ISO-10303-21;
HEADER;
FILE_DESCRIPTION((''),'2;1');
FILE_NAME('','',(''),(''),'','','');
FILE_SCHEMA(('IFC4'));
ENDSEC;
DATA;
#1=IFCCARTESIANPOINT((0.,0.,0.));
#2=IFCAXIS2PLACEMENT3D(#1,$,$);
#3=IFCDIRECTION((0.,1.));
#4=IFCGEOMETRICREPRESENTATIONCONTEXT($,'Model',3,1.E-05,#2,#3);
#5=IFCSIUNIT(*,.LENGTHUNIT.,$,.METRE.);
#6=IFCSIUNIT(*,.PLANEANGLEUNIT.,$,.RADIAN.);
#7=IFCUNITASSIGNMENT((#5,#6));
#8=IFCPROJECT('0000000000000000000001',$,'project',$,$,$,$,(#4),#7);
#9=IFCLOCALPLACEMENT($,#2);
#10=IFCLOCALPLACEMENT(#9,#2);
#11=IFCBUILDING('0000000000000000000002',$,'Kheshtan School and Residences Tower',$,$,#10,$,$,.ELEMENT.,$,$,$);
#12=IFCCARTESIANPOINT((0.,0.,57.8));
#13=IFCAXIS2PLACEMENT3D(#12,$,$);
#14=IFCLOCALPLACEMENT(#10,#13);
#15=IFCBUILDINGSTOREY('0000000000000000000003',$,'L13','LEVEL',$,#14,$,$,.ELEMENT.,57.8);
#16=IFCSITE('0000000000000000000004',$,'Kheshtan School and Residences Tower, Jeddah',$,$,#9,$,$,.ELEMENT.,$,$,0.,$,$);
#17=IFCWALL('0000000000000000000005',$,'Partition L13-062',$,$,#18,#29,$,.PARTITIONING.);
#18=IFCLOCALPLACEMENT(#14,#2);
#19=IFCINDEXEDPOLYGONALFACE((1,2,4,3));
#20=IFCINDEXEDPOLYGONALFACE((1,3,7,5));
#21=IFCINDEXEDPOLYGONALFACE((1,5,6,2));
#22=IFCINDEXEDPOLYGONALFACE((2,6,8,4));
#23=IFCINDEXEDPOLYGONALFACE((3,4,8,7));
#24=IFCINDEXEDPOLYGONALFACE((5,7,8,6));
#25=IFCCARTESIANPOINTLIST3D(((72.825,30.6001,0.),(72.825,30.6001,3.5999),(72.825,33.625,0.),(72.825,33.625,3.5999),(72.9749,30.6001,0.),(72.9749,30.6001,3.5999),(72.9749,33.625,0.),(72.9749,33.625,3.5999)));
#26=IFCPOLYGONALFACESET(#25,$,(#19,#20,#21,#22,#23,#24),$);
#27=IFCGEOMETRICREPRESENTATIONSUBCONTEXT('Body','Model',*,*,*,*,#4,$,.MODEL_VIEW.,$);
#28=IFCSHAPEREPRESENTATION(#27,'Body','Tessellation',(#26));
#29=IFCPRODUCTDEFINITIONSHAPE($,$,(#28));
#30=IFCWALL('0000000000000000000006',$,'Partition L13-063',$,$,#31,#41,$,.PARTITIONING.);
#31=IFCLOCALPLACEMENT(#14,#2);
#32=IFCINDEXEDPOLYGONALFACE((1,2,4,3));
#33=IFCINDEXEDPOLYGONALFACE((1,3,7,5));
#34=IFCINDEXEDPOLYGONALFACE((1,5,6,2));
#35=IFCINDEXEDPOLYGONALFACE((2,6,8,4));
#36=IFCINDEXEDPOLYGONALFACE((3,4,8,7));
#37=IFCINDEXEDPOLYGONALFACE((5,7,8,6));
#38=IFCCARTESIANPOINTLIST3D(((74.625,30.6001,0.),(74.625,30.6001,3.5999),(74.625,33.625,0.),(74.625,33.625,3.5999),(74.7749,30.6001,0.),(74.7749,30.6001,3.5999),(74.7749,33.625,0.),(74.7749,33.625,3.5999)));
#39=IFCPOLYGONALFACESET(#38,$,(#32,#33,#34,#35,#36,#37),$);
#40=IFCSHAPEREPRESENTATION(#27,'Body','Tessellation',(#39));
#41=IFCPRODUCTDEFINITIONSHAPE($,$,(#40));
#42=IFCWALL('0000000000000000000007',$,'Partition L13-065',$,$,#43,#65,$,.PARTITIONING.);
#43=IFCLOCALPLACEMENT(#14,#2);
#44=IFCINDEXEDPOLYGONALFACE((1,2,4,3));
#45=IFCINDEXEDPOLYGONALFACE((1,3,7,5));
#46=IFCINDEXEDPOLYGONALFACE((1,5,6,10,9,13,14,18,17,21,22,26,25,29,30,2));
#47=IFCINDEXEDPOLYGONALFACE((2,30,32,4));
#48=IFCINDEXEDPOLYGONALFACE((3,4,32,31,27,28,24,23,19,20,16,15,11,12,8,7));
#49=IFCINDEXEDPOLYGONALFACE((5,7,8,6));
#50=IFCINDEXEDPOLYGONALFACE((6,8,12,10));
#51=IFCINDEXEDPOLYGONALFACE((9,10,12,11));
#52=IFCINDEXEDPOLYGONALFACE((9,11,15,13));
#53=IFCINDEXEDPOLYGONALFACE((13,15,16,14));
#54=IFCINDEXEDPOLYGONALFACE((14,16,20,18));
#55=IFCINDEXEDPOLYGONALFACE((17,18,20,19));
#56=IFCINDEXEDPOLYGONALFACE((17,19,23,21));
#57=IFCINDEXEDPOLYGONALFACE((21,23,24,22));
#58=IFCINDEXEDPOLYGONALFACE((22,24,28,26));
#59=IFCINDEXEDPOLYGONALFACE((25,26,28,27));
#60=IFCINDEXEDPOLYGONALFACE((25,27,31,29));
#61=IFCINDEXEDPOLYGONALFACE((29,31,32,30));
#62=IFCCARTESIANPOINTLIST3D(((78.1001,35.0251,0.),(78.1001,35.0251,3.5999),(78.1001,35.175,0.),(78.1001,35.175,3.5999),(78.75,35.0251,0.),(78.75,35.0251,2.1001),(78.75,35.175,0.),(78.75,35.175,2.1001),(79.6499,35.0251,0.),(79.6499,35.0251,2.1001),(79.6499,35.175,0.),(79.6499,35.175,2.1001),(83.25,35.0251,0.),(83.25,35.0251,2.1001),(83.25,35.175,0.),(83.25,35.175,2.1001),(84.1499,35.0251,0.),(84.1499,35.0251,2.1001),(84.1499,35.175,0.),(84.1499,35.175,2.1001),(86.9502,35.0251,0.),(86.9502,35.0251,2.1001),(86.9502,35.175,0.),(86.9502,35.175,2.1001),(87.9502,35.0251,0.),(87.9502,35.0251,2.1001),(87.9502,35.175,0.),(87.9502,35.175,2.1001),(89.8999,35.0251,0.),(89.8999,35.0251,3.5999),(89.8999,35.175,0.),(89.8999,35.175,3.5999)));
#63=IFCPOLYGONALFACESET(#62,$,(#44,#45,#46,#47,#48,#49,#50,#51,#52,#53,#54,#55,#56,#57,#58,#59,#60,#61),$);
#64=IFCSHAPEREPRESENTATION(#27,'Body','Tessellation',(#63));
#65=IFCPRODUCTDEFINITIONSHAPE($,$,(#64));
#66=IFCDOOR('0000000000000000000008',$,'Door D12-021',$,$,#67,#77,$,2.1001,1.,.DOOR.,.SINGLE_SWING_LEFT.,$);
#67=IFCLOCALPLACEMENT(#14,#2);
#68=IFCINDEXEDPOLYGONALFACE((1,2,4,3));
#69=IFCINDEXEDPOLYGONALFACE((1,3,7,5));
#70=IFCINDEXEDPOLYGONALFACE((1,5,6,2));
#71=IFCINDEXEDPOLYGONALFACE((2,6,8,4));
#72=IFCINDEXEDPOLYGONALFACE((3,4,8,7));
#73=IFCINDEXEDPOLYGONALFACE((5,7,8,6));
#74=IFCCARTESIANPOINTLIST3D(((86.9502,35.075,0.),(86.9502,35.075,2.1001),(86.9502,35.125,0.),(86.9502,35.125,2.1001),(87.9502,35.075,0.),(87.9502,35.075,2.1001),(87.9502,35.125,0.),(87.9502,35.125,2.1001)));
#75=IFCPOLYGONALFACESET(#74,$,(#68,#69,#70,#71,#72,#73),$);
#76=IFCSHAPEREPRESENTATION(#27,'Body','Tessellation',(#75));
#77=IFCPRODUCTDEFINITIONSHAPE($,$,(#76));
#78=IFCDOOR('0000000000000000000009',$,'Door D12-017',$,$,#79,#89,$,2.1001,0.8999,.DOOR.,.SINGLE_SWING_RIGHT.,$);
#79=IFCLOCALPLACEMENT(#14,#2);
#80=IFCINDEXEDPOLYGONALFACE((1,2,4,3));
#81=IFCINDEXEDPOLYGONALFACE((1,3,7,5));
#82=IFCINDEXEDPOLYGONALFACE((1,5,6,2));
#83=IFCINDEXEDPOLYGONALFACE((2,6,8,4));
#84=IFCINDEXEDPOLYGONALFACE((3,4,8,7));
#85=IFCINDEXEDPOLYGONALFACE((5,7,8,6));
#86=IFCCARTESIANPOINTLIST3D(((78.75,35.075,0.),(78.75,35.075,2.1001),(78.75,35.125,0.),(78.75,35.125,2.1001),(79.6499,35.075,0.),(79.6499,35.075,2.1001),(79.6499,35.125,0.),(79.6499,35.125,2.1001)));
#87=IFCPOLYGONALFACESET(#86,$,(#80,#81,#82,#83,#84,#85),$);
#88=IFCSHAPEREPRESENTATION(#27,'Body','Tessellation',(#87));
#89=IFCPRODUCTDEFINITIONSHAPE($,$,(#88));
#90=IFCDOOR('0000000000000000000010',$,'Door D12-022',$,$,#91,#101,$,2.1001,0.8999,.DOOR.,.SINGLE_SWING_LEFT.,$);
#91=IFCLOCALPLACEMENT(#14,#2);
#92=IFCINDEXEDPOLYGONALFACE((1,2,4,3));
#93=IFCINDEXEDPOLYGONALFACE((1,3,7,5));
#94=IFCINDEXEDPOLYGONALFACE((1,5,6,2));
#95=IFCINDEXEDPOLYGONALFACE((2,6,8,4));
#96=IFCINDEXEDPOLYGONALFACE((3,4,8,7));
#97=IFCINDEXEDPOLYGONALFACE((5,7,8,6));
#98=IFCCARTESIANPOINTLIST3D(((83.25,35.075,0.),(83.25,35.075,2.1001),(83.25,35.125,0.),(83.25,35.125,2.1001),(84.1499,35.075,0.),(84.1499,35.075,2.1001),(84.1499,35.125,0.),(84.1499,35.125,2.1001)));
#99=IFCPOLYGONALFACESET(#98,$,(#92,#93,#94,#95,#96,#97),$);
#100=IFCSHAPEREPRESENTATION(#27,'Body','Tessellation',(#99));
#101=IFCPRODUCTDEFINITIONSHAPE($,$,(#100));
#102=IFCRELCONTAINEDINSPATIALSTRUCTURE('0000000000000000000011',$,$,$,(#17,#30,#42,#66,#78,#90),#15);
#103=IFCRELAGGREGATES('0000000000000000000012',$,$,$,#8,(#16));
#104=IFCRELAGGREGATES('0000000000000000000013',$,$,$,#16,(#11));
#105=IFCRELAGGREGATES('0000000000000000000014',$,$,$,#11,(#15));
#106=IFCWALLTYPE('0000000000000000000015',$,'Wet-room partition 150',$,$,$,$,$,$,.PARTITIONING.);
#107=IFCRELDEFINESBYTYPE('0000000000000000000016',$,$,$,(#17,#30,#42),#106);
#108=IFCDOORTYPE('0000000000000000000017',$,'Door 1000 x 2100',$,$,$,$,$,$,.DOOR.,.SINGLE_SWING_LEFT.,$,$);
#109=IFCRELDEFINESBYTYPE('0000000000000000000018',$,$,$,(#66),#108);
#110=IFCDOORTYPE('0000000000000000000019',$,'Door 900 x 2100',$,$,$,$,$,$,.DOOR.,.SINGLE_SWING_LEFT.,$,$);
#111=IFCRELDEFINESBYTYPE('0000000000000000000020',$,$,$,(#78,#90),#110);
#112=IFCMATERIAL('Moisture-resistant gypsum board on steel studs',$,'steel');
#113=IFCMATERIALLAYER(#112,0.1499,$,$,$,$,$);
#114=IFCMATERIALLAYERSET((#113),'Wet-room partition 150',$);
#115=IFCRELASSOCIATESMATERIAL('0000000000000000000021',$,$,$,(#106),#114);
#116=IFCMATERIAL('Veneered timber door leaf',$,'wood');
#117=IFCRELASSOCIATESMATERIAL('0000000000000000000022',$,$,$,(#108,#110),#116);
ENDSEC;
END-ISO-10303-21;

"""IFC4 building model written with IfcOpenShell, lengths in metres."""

from ifc_helpers import new_model, si_unit, direction, frame, frame_2d, origin, place, context, subcontext, project, spatial, rectangle, extrude, source, transform, mapped, material, layer, layer_set, type_object, element, fill, save


model = new_model("IFC4")

# Units and contexts
model_context = context("Model", 3, precision=1e-05, world=origin(), true_north=direction((0.0, 1.0)))
body_context = subcontext(model_context, "Body", "Model", "MODEL_VIEW")
ifc_project = project(units=[si_unit("LENGTHUNIT", "METRE"), si_unit("PLANEANGLEUNIT", "RADIAN")], contexts=[model_context])

# Site, building, storey
site_placement = place(None, origin())
site = spatial("IfcSite", under=ifc_project, at=site_placement, Name="Kheshtan School and Residences Tower, Jeddah", CompositionType="ELEMENT", RefElevation=0.0)
building_placement = place(site_placement, origin())
building = spatial("IfcBuilding", under=site, at=building_placement, Name="Kheshtan School and Residences Tower", CompositionType="ELEMENT")
storey_placement = place(building_placement, frame((0.0, 0.0, 57.8)))
storey = spatial("IfcBuildingStorey", under=building, at=storey_placement, Name="L13", Description="LEVEL", CompositionType="ELEMENT", Elevation=57.8)

# Shared definitions
ifc_material_1 = material(Name="Moisture-resistant gypsum board on steel studs", Category="steel")
ifc_layer_1 = layer(ifc_material_1, 0.1499)
ifc_layer_set_1 = layer_set([ifc_layer_1], Name="Wet-room partition 150")
wall_type_1 = type_object("IfcWallType", Name="Wet-room partition 150", PredefinedType="PARTITIONING", material=ifc_layer_set_1)

# Shared definitions
ifc_material_2 = material(Name="Veneered timber door leaf", Category="wood")
door_type_1 = type_object("IfcDoorType", Name="Door 1000 x 2100", OperationType="SINGLE_SWING_LEFT", PredefinedType="DOOR", material=ifc_material_2)
shared_shape_1 = source(origin(), body_context, "Body", "SweptSolid", [
    extrude(rectangle(XDim=1.0, YDim=2.1001, at=frame_2d((0.5, 1.05))), frame((0.0, 0.0249, 0.0), z_axis=(0.0, -1.0, 0.0), x_axis=(1.0, 0.0, 0.0)), (0.0, 0.0, 1.0), 0.05),
])
door_type_2 = type_object("IfcDoorType", Name="Door 900 x 2100", OperationType="SINGLE_SWING_LEFT", PredefinedType="DOOR", material=ifc_material_2)
shared_shape_2 = source(origin(), body_context, "Body", "SweptSolid", [
    extrude(rectangle(XDim=0.8999, YDim=2.1001, at=frame_2d((0.45, 1.05))), frame((0.0, 0.0249, 0.0), z_axis=(0.0, -1.0, 0.0), x_axis=(1.0, 0.0, 0.0)), (0.0, 0.0, 1.0), 0.05),
])

# Walls
for number, where, z_axis, x_axis, name in (
    (1, (72.8999, 30.6001, 0.0), (0.0, 0.0, 1.0), (0.0, 1.0, 0.0), "Partition L13-062"),
    (2, (74.7, 30.6001, 0.0), (0.0, 0.0, 1.0), (0.0, 1.0, 0.0), "Partition L13-063"),
):
    element("IfcWall", number, at=place(storey_placement, frame(where, z_axis=z_axis, x_axis=x_axis)), inside=storey, type_object=wall_type_1, Name=name, PredefinedType="PARTITIONING", context=body_context, shape_type="SweptSolid", body=[
        extrude(rectangle(XDim=3.0249, YDim=0.1499, at=frame_2d((1.5125, 0.0))), origin(), (0.0, 0.0, 1.0), 3.5999),
    ])

# Wall, openings, doors
wall_1_placement = place(storey_placement, frame((78.1001, 35.1001, 0.0), z_axis=(0.0, 0.0, 1.0), x_axis=(1.0, 0.0, 0.0)))
wall_1 = element("IfcWall", 3, at=wall_1_placement, inside=storey, type_object=wall_type_1, Name="Partition L13-065", PredefinedType="PARTITIONING", context=body_context, shape_type="SweptSolid", body=[
    extrude(rectangle(XDim=11.7998, YDim=0.1499, at=frame_2d((5.8999, 0.0))), origin(), (0.0, 0.0, 1.0), 3.5999),
])
opening_1_placement = place(wall_1_placement, frame((0.6499, 0.0, 0.0)))
opening_1 = element("IfcOpeningElement", 4, at=opening_1_placement, cuts=wall_1, PredefinedType="OPENING", context=body_context, shape_type="SweptSolid", body=[
    extrude(rectangle(XDim=0.8999, YDim=2.1001, at=frame_2d((0.45, 1.05))), frame((0.0, 0.085, 0.0), z_axis=(0.0, -1.0, 0.0), x_axis=(1.0, 0.0, 0.0)), (0.0, 0.0, 1.0), 0.1699),
])
opening_2_placement = place(wall_1_placement, frame((8.8501, 0.0, 0.0)))
opening_2 = element("IfcOpeningElement", 5, at=opening_2_placement, cuts=wall_1, PredefinedType="OPENING", context=body_context, shape_type="SweptSolid", body=[
    extrude(rectangle(XDim=1.0, YDim=2.1001, at=frame_2d((0.5, 1.05))), frame((0.0, 0.085, 0.0), z_axis=(0.0, -1.0, 0.0), x_axis=(1.0, 0.0, 0.0)), (0.0, 0.0, 1.0), 0.1699),
])
opening_3_placement = place(wall_1_placement, frame((5.1499, 0.0, 0.0)))
opening_3 = element("IfcOpeningElement", 6, at=opening_3_placement, cuts=wall_1, PredefinedType="OPENING", context=body_context, shape_type="SweptSolid", body=[
    extrude(rectangle(XDim=0.8999, YDim=2.1001, at=frame_2d((0.45, 1.05))), frame((0.0, 0.085, 0.0), z_axis=(0.0, -1.0, 0.0), x_axis=(1.0, 0.0, 0.0)), (0.0, 0.0, 1.0), 0.1699),
])
door_1_placement = place(opening_2_placement, origin())
door_1 = element("IfcDoor", 7, at=door_1_placement, inside=storey, type_object=door_type_1, Name="Door D12-021", OperationType="SINGLE_SWING_LEFT", OverallHeight=2.1001, OverallWidth=1.0, PredefinedType="DOOR", context=body_context, shape_type="MappedRepresentation", body=[
    mapped(shared_shape_1, transform((0.0, 0.0, 0.0), x_axis=(1.0, 0.0, 0.0), y_axis=(0.0, 1.0, 0.0), z_axis=(0.0, 0.0, 1.0), scale=1.0)),
])
fill(opening_2, door_1)
door_2_placement = place(opening_1_placement, origin())
door_2 = element("IfcDoor", 8, at=door_2_placement, inside=storey, type_object=door_type_2, Name="Door D12-017", OperationType="SINGLE_SWING_RIGHT", OverallHeight=2.1001, OverallWidth=0.8999, PredefinedType="DOOR", context=body_context, shape_type="MappedRepresentation", body=[
    mapped(shared_shape_2, transform((0.0, 0.0, 0.0), x_axis=(1.0, 0.0, 0.0), y_axis=(0.0, 1.0, 0.0), z_axis=(0.0, 0.0, 1.0), scale=1.0)),
])
fill(opening_1, door_2)
door_3_placement = place(opening_3_placement, origin())
door_3 = element("IfcDoor", 9, at=door_3_placement, inside=storey, type_object=door_type_2, Name="Door D12-022", OperationType="SINGLE_SWING_LEFT", OverallHeight=2.1001, OverallWidth=0.8999, PredefinedType="DOOR", context=body_context, shape_type="MappedRepresentation", body=[
    mapped(shared_shape_2, transform((0.0, 0.0, 0.0), x_axis=(1.0, 0.0, 0.0), y_axis=(0.0, 1.0, 0.0), z_axis=(0.0, 0.0, 1.0), scale=1.0)),
])
fill(opening_3, door_3)

save(model, "model.ifc")
